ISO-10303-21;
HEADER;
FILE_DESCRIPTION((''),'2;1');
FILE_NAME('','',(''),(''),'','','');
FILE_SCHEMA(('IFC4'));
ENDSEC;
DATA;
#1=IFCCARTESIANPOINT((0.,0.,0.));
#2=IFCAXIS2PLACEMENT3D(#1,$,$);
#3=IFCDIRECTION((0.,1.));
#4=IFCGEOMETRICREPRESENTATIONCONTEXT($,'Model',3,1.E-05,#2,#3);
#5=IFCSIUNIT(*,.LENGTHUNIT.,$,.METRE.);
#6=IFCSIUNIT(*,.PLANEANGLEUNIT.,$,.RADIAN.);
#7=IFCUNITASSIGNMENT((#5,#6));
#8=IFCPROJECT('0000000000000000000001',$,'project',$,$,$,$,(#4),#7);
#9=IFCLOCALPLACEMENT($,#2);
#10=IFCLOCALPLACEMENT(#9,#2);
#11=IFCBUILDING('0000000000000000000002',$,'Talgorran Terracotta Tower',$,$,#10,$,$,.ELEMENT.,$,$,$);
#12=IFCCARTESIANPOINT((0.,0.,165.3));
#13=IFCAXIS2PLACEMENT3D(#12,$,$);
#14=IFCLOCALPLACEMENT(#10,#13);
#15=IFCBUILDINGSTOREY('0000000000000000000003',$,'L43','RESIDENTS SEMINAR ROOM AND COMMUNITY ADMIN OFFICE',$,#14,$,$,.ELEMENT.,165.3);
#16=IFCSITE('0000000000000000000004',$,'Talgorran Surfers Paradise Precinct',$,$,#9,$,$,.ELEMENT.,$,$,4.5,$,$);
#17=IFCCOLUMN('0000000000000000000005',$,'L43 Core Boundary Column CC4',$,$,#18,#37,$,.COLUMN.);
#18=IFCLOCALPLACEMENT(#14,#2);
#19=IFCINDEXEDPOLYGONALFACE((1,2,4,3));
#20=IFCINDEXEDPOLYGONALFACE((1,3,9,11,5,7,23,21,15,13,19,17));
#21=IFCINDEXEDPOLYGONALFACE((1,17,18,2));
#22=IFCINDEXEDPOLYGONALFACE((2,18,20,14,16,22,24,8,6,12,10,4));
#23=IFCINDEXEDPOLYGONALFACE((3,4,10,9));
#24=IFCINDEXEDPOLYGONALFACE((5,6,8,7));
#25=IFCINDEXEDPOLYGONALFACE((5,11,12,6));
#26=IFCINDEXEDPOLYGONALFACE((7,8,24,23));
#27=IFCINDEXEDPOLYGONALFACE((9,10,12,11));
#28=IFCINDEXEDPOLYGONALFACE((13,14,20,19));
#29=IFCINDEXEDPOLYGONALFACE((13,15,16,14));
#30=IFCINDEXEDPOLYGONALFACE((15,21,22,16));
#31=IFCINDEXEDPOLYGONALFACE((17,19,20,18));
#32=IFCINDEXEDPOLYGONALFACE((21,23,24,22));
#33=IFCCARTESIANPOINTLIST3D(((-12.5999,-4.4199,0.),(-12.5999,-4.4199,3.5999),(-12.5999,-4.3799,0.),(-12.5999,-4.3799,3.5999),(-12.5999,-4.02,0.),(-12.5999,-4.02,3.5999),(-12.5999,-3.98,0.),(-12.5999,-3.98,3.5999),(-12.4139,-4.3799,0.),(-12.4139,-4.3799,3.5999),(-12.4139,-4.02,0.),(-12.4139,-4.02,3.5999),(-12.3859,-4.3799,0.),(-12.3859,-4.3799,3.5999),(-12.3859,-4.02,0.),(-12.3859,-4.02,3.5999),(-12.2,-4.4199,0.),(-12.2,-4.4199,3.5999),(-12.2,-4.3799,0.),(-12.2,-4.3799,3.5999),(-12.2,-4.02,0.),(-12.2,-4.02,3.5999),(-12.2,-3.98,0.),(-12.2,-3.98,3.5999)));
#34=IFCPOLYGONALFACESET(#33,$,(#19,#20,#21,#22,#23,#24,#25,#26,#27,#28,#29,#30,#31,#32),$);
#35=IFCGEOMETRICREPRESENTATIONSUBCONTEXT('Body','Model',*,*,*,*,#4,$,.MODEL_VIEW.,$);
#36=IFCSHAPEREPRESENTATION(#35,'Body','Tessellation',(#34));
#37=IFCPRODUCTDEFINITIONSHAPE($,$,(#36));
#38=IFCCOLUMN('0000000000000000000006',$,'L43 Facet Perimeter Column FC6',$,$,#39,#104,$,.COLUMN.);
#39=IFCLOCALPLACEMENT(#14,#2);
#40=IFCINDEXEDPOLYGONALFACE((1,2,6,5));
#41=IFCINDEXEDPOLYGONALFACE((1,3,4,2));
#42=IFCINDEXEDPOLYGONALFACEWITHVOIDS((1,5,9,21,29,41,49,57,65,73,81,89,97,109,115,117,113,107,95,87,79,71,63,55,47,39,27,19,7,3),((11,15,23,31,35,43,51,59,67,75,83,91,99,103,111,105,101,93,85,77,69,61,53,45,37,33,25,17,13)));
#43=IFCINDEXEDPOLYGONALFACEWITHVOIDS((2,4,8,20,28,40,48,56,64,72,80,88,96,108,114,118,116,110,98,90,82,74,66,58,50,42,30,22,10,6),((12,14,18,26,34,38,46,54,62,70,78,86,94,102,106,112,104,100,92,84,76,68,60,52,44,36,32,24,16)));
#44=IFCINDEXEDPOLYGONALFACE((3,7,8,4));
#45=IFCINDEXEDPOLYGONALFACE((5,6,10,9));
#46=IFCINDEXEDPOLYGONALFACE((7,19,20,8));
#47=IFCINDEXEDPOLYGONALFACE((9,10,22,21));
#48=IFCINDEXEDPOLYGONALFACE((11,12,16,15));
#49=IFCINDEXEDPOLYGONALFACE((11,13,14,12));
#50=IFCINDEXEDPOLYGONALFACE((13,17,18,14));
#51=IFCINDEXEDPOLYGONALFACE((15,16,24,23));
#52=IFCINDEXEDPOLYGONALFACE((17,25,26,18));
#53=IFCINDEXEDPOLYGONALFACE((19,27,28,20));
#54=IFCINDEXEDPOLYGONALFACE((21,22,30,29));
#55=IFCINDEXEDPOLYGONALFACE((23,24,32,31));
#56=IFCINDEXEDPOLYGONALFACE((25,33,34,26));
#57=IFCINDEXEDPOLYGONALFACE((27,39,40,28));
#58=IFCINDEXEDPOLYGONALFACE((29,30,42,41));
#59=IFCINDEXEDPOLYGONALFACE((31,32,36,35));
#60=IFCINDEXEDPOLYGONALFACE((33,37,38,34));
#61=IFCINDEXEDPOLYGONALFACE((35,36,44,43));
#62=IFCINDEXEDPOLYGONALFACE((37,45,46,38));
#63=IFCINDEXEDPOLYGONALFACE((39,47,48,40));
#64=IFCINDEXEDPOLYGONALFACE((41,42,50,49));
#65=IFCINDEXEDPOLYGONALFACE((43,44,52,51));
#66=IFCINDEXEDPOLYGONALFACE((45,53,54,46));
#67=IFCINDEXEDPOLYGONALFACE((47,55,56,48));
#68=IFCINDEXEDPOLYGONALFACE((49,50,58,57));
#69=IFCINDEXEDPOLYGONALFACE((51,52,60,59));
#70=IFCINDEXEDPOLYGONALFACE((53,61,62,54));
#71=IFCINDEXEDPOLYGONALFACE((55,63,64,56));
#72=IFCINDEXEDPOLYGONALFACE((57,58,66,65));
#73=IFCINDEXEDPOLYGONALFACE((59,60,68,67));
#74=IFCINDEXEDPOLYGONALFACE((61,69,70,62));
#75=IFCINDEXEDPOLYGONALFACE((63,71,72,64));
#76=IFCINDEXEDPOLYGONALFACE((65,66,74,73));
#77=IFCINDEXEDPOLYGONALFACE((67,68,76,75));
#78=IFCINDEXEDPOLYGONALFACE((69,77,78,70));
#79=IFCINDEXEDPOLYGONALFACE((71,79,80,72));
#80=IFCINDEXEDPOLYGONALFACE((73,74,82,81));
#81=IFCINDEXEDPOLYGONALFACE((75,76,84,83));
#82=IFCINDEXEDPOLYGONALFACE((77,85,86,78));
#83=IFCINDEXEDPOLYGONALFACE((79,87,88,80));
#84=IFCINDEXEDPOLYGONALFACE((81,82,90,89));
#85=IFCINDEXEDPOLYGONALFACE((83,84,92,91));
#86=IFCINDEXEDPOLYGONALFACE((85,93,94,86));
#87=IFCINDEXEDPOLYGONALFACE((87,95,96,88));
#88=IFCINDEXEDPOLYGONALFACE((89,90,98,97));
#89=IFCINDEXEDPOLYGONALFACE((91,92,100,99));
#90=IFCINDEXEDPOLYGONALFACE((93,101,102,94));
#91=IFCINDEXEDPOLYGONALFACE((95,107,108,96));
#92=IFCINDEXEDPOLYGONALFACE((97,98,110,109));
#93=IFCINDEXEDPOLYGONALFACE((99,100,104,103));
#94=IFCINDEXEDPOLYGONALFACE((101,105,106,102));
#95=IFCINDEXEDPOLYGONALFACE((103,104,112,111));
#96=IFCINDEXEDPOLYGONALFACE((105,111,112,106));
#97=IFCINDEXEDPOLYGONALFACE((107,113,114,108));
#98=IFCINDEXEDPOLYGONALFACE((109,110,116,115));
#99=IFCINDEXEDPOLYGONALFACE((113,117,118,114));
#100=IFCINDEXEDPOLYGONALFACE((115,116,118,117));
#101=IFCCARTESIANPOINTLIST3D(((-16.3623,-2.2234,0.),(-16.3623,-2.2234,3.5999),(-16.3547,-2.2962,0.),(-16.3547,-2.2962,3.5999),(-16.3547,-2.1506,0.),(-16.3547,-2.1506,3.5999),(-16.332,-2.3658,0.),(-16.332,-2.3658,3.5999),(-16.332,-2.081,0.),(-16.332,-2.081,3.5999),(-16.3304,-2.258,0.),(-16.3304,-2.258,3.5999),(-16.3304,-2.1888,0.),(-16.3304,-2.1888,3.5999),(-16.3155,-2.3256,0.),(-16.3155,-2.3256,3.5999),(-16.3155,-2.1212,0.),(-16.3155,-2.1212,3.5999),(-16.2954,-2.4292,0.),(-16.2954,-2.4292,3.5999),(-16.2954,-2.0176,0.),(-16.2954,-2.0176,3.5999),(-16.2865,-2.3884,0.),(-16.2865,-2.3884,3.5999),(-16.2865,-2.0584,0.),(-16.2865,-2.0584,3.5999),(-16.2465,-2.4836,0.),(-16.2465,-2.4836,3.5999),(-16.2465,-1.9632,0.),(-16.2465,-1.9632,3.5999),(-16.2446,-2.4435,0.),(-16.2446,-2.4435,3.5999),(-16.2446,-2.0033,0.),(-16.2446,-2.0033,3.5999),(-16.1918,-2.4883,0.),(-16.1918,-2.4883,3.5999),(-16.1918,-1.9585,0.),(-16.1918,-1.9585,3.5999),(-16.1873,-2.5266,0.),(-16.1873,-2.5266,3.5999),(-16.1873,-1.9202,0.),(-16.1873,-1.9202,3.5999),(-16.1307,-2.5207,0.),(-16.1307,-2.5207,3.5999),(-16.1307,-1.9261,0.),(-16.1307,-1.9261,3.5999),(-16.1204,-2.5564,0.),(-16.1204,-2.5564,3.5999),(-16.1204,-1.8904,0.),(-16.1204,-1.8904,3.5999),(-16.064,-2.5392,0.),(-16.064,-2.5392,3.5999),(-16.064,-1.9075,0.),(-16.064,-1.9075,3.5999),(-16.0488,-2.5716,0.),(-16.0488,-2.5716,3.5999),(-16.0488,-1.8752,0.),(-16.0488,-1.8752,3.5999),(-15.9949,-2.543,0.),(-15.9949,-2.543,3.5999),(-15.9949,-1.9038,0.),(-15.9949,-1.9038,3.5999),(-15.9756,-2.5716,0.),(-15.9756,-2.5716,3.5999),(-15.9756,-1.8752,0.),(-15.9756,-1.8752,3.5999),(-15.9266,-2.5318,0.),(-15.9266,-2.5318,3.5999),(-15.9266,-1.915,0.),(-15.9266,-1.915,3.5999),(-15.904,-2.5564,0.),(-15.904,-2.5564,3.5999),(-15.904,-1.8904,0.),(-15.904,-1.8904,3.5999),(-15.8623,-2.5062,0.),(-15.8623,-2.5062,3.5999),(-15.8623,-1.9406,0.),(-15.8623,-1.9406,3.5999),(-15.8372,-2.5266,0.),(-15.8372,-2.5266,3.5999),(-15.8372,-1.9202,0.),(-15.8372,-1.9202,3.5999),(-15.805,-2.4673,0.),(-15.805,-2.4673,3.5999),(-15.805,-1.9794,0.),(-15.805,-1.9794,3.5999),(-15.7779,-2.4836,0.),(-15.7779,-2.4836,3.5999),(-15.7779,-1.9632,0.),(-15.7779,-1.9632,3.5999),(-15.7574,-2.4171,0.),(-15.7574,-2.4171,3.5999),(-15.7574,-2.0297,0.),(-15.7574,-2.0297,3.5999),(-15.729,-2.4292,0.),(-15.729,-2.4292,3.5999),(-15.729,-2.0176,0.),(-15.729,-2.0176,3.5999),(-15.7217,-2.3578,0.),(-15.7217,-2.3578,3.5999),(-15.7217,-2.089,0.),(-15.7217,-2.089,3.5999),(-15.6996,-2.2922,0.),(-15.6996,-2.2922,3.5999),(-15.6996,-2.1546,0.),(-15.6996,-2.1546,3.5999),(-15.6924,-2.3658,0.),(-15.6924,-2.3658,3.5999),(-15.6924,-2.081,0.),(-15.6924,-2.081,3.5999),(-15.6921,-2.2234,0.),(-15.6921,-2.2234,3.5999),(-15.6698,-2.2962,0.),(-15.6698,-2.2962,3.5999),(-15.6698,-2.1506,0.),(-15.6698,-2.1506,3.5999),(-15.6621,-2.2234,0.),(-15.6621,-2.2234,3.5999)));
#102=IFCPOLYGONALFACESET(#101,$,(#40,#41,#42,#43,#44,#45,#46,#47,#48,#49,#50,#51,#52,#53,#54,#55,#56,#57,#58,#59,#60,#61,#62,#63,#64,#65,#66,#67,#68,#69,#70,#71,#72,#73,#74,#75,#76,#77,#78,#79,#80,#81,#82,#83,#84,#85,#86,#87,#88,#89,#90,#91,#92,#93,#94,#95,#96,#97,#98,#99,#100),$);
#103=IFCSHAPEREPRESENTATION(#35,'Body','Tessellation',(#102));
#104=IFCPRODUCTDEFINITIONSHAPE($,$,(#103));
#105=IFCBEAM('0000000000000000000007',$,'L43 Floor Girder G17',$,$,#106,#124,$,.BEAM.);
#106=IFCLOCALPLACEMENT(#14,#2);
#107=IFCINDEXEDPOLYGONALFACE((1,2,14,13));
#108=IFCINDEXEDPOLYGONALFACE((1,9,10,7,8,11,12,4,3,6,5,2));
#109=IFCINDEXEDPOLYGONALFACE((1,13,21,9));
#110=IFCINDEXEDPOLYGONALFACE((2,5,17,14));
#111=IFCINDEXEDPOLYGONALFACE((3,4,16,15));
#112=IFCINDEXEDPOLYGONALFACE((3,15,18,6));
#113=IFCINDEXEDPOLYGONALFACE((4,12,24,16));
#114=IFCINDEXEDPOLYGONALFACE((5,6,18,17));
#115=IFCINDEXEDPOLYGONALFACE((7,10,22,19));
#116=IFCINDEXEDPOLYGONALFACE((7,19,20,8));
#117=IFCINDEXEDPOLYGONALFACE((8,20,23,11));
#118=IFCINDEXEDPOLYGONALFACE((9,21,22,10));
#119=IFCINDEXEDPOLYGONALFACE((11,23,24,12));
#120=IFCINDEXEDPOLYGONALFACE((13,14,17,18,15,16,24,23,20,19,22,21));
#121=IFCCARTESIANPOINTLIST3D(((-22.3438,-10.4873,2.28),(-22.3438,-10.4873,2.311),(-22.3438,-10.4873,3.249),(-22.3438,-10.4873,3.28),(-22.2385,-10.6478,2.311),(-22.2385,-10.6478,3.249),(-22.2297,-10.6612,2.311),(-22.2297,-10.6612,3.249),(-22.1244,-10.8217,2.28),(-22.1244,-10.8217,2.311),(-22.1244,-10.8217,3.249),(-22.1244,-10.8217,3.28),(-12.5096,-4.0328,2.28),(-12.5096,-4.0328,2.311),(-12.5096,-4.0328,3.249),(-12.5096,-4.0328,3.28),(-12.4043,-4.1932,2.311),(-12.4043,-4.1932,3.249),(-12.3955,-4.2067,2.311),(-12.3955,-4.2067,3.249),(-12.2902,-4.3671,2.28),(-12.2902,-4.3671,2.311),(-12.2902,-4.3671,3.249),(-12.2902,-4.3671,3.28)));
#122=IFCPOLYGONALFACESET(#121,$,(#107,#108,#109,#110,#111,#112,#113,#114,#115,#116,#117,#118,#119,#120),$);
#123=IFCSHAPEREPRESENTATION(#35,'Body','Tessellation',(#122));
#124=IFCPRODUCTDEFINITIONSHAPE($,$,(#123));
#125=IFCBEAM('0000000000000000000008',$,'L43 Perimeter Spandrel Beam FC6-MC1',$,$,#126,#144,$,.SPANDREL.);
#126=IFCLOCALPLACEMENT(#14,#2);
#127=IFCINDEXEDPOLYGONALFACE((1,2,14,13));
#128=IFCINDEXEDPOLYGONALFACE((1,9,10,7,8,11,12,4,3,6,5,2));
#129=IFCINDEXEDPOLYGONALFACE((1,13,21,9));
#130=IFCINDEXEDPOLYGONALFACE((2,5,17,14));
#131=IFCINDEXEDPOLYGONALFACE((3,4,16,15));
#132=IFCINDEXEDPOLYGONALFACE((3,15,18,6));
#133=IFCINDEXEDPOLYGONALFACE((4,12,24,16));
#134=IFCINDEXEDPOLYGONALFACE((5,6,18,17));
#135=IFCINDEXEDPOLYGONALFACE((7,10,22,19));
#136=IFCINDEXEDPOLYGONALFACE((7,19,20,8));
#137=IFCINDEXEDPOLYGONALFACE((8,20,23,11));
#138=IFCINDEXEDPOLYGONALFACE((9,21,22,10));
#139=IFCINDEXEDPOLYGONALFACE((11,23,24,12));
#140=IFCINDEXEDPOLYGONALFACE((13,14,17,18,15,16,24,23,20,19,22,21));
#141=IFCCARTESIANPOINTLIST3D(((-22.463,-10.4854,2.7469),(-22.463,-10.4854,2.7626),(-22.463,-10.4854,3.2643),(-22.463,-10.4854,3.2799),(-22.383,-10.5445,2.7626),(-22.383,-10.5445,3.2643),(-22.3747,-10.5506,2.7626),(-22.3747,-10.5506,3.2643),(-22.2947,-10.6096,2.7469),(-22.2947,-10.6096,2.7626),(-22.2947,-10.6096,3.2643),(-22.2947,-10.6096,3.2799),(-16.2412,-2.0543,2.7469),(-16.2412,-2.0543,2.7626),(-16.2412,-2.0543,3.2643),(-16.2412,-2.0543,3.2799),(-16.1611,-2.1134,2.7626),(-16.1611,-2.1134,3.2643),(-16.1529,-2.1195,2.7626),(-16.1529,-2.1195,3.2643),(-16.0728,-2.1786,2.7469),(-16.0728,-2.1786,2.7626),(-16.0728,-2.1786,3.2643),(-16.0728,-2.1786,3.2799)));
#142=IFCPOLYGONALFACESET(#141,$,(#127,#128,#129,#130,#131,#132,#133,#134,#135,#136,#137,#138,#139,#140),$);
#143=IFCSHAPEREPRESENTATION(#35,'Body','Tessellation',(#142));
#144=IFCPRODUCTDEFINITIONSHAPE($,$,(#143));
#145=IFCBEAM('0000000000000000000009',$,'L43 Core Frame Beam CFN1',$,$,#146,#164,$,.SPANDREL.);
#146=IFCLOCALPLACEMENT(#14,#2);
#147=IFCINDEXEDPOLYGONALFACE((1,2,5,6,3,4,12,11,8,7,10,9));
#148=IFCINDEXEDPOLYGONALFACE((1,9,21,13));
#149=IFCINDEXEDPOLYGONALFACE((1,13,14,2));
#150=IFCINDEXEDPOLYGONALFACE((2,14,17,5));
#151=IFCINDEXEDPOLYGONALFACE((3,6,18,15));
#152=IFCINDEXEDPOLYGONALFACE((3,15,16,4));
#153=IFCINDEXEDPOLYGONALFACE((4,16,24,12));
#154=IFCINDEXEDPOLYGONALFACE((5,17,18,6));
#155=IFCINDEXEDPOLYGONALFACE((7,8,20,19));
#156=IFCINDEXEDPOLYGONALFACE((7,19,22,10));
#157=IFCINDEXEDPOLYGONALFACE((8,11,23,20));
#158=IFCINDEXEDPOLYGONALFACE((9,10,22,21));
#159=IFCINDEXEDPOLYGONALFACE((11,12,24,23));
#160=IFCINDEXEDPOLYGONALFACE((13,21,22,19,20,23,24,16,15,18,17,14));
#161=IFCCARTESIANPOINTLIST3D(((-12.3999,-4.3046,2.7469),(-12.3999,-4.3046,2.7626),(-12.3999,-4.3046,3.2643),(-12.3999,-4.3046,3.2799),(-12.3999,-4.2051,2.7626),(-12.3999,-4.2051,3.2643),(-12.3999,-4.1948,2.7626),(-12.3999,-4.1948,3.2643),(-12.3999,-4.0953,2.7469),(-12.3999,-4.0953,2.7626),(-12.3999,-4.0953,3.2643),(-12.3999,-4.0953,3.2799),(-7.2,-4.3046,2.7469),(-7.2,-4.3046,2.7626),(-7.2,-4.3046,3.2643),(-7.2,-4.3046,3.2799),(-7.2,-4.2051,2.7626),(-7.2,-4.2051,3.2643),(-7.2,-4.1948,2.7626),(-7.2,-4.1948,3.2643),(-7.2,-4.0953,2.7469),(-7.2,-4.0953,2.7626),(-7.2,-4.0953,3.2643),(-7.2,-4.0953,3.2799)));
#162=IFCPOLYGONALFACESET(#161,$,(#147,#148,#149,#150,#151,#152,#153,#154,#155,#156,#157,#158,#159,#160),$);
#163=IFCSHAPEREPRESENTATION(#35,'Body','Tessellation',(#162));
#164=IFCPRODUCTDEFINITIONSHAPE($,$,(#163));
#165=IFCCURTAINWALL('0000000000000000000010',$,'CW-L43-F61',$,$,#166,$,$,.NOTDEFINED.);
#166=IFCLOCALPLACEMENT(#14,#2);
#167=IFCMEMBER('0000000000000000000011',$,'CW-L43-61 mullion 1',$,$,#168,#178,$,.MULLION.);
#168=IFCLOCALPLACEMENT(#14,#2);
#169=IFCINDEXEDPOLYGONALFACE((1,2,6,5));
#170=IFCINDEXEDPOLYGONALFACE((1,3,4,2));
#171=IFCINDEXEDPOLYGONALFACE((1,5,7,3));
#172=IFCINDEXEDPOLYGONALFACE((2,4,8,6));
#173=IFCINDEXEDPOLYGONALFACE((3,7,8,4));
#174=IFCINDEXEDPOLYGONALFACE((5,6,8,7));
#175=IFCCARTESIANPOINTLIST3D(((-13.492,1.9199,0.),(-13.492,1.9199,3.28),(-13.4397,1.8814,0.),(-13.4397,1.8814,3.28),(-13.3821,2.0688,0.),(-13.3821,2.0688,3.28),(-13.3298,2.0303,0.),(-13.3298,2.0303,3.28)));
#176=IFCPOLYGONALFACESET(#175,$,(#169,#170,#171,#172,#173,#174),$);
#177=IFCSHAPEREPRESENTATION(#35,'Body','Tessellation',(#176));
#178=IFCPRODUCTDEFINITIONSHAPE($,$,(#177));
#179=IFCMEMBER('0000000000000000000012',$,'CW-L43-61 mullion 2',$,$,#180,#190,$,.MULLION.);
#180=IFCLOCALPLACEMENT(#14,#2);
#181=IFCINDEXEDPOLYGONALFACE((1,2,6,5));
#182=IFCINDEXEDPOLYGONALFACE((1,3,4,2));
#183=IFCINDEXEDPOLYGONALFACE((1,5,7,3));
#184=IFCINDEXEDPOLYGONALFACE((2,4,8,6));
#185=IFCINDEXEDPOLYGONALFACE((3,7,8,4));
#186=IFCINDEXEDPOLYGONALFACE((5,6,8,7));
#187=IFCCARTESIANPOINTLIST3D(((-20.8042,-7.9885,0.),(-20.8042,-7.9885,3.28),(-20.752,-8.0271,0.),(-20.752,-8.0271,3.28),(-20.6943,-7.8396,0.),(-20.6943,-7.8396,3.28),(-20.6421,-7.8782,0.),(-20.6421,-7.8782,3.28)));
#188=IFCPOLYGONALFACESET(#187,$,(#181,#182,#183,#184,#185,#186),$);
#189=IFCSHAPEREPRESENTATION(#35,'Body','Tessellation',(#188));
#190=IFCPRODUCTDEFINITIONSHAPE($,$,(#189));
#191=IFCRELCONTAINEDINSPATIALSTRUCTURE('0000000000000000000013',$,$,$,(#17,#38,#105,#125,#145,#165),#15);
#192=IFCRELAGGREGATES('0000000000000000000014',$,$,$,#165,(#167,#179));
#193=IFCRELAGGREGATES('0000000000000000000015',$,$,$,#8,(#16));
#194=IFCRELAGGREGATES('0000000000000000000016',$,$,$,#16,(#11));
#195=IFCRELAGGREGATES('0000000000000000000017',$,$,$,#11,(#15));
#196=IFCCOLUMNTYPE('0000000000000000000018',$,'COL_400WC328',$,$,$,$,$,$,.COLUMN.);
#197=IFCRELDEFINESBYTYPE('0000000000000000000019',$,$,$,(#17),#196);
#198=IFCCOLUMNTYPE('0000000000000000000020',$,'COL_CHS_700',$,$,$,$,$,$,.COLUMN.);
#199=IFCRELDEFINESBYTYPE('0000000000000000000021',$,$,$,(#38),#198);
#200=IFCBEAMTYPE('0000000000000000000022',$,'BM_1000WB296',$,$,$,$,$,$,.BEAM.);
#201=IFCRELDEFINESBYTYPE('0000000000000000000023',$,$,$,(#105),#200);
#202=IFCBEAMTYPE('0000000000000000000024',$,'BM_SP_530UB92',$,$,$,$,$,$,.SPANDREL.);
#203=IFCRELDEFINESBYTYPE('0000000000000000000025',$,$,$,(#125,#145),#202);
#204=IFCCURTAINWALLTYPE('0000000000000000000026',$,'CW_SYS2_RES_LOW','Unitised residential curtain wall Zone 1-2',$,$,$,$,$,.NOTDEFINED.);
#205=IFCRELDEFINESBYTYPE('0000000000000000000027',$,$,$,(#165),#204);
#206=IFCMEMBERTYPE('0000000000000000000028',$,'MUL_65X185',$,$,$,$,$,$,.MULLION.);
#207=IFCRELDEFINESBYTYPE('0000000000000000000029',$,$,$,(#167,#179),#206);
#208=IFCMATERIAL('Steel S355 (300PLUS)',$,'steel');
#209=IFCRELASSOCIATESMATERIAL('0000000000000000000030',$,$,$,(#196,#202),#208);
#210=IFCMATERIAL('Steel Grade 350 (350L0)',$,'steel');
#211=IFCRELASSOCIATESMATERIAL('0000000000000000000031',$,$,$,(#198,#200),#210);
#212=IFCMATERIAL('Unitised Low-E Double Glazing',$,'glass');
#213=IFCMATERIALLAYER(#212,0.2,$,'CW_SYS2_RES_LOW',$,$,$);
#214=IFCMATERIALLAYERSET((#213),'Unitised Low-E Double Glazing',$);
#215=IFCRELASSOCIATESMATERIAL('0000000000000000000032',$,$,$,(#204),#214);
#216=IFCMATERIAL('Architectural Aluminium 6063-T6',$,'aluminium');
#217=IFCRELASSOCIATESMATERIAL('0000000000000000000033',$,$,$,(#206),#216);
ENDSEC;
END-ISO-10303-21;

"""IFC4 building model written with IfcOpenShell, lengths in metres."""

from ifc_helpers import new_model, si_unit, direction, frame, origin, origin_2d, place, context, subcontext, project, spatial, rectangle, hollow_circle, i_section, extrude, material, layer, layer_set, material_profile, profile_set, type_object, element, aggregate, save


model = new_model("IFC4")

# Units and contexts
model_context = context("Model", 3, precision=1e-05, world=origin(), true_north=direction((0.0, 1.0)))
body_context = subcontext(model_context, "Body", "Model", "MODEL_VIEW")
ifc_project = project(units=[si_unit("LENGTHUNIT", "METRE"), si_unit("PLANEANGLEUNIT", "RADIAN")], contexts=[model_context])

# Site, building, storey
site_placement = place(None, origin())
site = spatial("IfcSite", under=ifc_project, at=site_placement, Name="Talgorran Surfers Paradise Precinct", CompositionType="ELEMENT", RefElevation=4.5)
building_placement = place(site_placement, origin())
building = spatial("IfcBuilding", under=site, at=building_placement, Name="Talgorran Terracotta Tower", CompositionType="ELEMENT")
storey_placement = place(building_placement, frame((0.0, 0.0, 165.3)))
storey = spatial("IfcBuildingStorey", under=building, at=storey_placement, Name="L43", Description="RESIDENTS SEMINAR ROOM AND COMMUNITY ADMIN OFFICE", CompositionType="ELEMENT", Elevation=165.3)

# Columns
ifc_material_1 = material(Name="Steel S355 (300PLUS)", Category="steel")
ifc_material_profile_1 = material_profile(ifc_material_1, i_section(OverallWidth=0.3999, OverallDepth=0.4399, WebThickness=0.0281, FlangeThickness=0.04, at=origin_2d()), Name="400WC328")
ifc_profile_set_1 = profile_set([ifc_material_profile_1], Name="Steel S355 (300PLUS)")
column_type_1 = type_object("IfcColumnType", Name="COL_400WC328", PredefinedType="COLUMN", material=ifc_profile_set_1)
column_1_placement = place(storey_placement, frame((-12.3999, -4.2, 0.0), z_axis=(0.0, 0.0, 1.0), x_axis=(1.0, 0.0, 0.0)))
element("IfcColumn", 1, at=column_1_placement, inside=storey, type_object=column_type_1, Name="L43 Core Boundary Column CC4", PredefinedType="COLUMN", context=body_context, shape_type="SweptSolid", body=[
    extrude(i_section(OverallWidth=0.3999, OverallDepth=0.4399, WebThickness=0.0281, FlangeThickness=0.04, at=origin_2d()), origin(), (0.0, 0.0, 1.0), 3.5999),
])
ifc_material_2 = material(Name="Steel Grade 350 (350L0)", Category="steel")
ifc_material_profile_2 = material_profile(ifc_material_2, hollow_circle(Radius=0.3501, WallThickness=0.03, at=origin_2d()), Name="CHS700X30")
ifc_profile_set_2 = profile_set([ifc_material_profile_2], Name="Steel Grade 350 (350L0)")
column_type_2 = type_object("IfcColumnType", Name="COL_CHS_700", PredefinedType="COLUMN", material=ifc_profile_set_2)
column_2_placement = place(storey_placement, frame((-16.0122, -2.2234, 0.0), z_axis=(0.0, 0.0, 1.0), x_axis=(1.0, 0.0, 0.0)))
element("IfcColumn", 2, at=column_2_placement, inside=storey, type_object=column_type_2, Name="L43 Facet Perimeter Column FC6", PredefinedType="COLUMN", context=body_context, shape_type="SweptSolid", body=[
    extrude(hollow_circle(Radius=0.3501, WallThickness=0.03, at=origin_2d()), origin(), (0.0, 0.0, 1.0), 3.5999),
])

# Beams
ifc_material_profile_3 = material_profile(ifc_material_2, i_section(OverallWidth=0.3999, OverallDepth=1.0, WebThickness=0.0161, FlangeThickness=0.031, at=origin_2d()), Name="1000WB296")
ifc_profile_set_3 = profile_set([ifc_material_profile_3], Name="Steel Grade 350 (350L0)")
beam_type_1 = type_object("IfcBeamType", Name="BM_1000WB296", PredefinedType="BEAM", material=ifc_profile_set_3)
beam_1_placement = place(storey_placement, frame((-12.3999, -4.2, 2.78), z_axis=(-0.836014, -0.548709, 0.0), x_axis=(0.548709, -0.836014, 0.0)))
element("IfcBeam", 3, at=beam_1_placement, inside=storey, type_object=beam_type_1, Name="L43 Floor Girder G17", PredefinedType="BEAM", context=body_context, shape_type="SweptSolid", body=[
    extrude(i_section(OverallWidth=0.3999, OverallDepth=1.0, WebThickness=0.0161, FlangeThickness=0.031, at=origin_2d()), origin(), (0.0, 0.0, 1.0), 11.7632),
])
ifc_material_profile_4 = material_profile(ifc_material_1, i_section(OverallWidth=0.2092, OverallDepth=0.533, WebThickness=0.0103, FlangeThickness=0.0156, at=origin_2d()), Name="530UB92.4")
ifc_profile_set_4 = profile_set([ifc_material_profile_4], Name="Steel S355 (300PLUS)")
beam_type_2 = type_object("IfcBeamType", Name="BM_SP_530UB92", PredefinedType="SPANDREL", material=ifc_profile_set_4)
beam_2_placement = place(storey_placement, frame((-16.157, -2.1165, 3.0134), z_axis=(-0.593786, -0.804623, 0.0), x_axis=(0.804623, -0.593786, 0.0)))
element("IfcBeam", 4, at=beam_2_placement, inside=storey, type_object=beam_type_2, Name="L43 Perimeter Spandrel Beam FC6-MC1", PredefinedType="SPANDREL", context=body_context, shape_type="SweptSolid", body=[
    extrude(i_section(OverallWidth=0.2092, OverallDepth=0.533, WebThickness=0.0103, FlangeThickness=0.0156, at=origin_2d()), origin(), (0.0, 0.0, 1.0), 10.4783),
])
beam_3_placement = place(storey_placement, frame((-12.3999, -4.2, 3.0134), z_axis=(1.0, 0.0, 0.0), x_axis=(0.0, 1.0, 0.0)))
element("IfcBeam", 5, at=beam_3_placement, inside=storey, type_object=beam_type_2, Name="L43 Core Frame Beam CFN1", PredefinedType="SPANDREL", context=body_context, shape_type="SweptSolid", body=[
    extrude(i_section(OverallWidth=0.2092, OverallDepth=0.533, WebThickness=0.0103, FlangeThickness=0.0156, at=origin_2d()), origin(), (0.0, 0.0, 1.0), 5.2),
])

# Curtain wall, members
ifc_material_3 = material(Name="Unitised Low-E Double Glazing", Category="glass")
ifc_layer_1 = layer(ifc_material_3, 0.2, Name="CW_SYS2_RES_LOW")
ifc_layer_set_1 = layer_set([ifc_layer_1], Name="Unitised Low-E Double Glazing")
curtain_wall_type = type_object("IfcCurtainWallType", Name="CW_SYS2_RES_LOW", Description="Unitised residential curtain wall Zone 1-2", PredefinedType="NOTDEFINED", material=ifc_layer_set_1)
curtain_wall_1_placement = place(storey_placement, origin())
curtain_wall_1 = element("IfcCurtainWall", 6, at=curtain_wall_1_placement, inside=storey, type_object=curtain_wall_type, Name="CW-L43-F61", PredefinedType="NOTDEFINED")
ifc_material_4 = material(Name="Architectural Aluminium 6063-T6", Category="aluminium")
ifc_material_profile_5 = material_profile(ifc_material_4, rectangle(XDim=0.0649, YDim=0.1851, at=origin_2d()), Name="CWM65X185")
ifc_profile_set_5 = profile_set([ifc_material_profile_5], Name="Architectural Aluminium 6063-T6")
member_type_1 = type_object("IfcMemberType", Name="MUL_65X185", PredefinedType="MULLION", material=ifc_profile_set_5)
member_1_placement = place(storey_placement, frame((-13.4109, 1.9751, 0.0), z_axis=(0.0, 0.0, 1.0), x_axis=(0.804621, -0.593789, 0.0)))
member_1 = element("IfcMember", 7, at=member_1_placement, type_object=member_type_1, Name="CW-L43-61 mullion 1", PredefinedType="MULLION", context=body_context, shape_type="SweptSolid", body=[
    extrude(rectangle(XDim=0.0649, YDim=0.1851, at=origin_2d()), origin(), (0.0, 0.0, 1.0), 3.28),
])
member_2_placement = place(storey_placement, frame((-20.7231, -7.9333, 0.0), z_axis=(0.0, 0.0, 1.0), x_axis=(0.804621, -0.593789, 0.0)))
member_2 = element("IfcMember", 8, at=member_2_placement, type_object=member_type_1, Name="CW-L43-61 mullion 2", PredefinedType="MULLION", context=body_context, shape_type="SweptSolid", body=[
    extrude(rectangle(XDim=0.0649, YDim=0.1851, at=origin_2d()), origin(), (0.0, 0.0, 1.0), 3.28),
])

aggregate(curtain_wall_1, [member_1, member_2])

save(model, "model.ifc")
